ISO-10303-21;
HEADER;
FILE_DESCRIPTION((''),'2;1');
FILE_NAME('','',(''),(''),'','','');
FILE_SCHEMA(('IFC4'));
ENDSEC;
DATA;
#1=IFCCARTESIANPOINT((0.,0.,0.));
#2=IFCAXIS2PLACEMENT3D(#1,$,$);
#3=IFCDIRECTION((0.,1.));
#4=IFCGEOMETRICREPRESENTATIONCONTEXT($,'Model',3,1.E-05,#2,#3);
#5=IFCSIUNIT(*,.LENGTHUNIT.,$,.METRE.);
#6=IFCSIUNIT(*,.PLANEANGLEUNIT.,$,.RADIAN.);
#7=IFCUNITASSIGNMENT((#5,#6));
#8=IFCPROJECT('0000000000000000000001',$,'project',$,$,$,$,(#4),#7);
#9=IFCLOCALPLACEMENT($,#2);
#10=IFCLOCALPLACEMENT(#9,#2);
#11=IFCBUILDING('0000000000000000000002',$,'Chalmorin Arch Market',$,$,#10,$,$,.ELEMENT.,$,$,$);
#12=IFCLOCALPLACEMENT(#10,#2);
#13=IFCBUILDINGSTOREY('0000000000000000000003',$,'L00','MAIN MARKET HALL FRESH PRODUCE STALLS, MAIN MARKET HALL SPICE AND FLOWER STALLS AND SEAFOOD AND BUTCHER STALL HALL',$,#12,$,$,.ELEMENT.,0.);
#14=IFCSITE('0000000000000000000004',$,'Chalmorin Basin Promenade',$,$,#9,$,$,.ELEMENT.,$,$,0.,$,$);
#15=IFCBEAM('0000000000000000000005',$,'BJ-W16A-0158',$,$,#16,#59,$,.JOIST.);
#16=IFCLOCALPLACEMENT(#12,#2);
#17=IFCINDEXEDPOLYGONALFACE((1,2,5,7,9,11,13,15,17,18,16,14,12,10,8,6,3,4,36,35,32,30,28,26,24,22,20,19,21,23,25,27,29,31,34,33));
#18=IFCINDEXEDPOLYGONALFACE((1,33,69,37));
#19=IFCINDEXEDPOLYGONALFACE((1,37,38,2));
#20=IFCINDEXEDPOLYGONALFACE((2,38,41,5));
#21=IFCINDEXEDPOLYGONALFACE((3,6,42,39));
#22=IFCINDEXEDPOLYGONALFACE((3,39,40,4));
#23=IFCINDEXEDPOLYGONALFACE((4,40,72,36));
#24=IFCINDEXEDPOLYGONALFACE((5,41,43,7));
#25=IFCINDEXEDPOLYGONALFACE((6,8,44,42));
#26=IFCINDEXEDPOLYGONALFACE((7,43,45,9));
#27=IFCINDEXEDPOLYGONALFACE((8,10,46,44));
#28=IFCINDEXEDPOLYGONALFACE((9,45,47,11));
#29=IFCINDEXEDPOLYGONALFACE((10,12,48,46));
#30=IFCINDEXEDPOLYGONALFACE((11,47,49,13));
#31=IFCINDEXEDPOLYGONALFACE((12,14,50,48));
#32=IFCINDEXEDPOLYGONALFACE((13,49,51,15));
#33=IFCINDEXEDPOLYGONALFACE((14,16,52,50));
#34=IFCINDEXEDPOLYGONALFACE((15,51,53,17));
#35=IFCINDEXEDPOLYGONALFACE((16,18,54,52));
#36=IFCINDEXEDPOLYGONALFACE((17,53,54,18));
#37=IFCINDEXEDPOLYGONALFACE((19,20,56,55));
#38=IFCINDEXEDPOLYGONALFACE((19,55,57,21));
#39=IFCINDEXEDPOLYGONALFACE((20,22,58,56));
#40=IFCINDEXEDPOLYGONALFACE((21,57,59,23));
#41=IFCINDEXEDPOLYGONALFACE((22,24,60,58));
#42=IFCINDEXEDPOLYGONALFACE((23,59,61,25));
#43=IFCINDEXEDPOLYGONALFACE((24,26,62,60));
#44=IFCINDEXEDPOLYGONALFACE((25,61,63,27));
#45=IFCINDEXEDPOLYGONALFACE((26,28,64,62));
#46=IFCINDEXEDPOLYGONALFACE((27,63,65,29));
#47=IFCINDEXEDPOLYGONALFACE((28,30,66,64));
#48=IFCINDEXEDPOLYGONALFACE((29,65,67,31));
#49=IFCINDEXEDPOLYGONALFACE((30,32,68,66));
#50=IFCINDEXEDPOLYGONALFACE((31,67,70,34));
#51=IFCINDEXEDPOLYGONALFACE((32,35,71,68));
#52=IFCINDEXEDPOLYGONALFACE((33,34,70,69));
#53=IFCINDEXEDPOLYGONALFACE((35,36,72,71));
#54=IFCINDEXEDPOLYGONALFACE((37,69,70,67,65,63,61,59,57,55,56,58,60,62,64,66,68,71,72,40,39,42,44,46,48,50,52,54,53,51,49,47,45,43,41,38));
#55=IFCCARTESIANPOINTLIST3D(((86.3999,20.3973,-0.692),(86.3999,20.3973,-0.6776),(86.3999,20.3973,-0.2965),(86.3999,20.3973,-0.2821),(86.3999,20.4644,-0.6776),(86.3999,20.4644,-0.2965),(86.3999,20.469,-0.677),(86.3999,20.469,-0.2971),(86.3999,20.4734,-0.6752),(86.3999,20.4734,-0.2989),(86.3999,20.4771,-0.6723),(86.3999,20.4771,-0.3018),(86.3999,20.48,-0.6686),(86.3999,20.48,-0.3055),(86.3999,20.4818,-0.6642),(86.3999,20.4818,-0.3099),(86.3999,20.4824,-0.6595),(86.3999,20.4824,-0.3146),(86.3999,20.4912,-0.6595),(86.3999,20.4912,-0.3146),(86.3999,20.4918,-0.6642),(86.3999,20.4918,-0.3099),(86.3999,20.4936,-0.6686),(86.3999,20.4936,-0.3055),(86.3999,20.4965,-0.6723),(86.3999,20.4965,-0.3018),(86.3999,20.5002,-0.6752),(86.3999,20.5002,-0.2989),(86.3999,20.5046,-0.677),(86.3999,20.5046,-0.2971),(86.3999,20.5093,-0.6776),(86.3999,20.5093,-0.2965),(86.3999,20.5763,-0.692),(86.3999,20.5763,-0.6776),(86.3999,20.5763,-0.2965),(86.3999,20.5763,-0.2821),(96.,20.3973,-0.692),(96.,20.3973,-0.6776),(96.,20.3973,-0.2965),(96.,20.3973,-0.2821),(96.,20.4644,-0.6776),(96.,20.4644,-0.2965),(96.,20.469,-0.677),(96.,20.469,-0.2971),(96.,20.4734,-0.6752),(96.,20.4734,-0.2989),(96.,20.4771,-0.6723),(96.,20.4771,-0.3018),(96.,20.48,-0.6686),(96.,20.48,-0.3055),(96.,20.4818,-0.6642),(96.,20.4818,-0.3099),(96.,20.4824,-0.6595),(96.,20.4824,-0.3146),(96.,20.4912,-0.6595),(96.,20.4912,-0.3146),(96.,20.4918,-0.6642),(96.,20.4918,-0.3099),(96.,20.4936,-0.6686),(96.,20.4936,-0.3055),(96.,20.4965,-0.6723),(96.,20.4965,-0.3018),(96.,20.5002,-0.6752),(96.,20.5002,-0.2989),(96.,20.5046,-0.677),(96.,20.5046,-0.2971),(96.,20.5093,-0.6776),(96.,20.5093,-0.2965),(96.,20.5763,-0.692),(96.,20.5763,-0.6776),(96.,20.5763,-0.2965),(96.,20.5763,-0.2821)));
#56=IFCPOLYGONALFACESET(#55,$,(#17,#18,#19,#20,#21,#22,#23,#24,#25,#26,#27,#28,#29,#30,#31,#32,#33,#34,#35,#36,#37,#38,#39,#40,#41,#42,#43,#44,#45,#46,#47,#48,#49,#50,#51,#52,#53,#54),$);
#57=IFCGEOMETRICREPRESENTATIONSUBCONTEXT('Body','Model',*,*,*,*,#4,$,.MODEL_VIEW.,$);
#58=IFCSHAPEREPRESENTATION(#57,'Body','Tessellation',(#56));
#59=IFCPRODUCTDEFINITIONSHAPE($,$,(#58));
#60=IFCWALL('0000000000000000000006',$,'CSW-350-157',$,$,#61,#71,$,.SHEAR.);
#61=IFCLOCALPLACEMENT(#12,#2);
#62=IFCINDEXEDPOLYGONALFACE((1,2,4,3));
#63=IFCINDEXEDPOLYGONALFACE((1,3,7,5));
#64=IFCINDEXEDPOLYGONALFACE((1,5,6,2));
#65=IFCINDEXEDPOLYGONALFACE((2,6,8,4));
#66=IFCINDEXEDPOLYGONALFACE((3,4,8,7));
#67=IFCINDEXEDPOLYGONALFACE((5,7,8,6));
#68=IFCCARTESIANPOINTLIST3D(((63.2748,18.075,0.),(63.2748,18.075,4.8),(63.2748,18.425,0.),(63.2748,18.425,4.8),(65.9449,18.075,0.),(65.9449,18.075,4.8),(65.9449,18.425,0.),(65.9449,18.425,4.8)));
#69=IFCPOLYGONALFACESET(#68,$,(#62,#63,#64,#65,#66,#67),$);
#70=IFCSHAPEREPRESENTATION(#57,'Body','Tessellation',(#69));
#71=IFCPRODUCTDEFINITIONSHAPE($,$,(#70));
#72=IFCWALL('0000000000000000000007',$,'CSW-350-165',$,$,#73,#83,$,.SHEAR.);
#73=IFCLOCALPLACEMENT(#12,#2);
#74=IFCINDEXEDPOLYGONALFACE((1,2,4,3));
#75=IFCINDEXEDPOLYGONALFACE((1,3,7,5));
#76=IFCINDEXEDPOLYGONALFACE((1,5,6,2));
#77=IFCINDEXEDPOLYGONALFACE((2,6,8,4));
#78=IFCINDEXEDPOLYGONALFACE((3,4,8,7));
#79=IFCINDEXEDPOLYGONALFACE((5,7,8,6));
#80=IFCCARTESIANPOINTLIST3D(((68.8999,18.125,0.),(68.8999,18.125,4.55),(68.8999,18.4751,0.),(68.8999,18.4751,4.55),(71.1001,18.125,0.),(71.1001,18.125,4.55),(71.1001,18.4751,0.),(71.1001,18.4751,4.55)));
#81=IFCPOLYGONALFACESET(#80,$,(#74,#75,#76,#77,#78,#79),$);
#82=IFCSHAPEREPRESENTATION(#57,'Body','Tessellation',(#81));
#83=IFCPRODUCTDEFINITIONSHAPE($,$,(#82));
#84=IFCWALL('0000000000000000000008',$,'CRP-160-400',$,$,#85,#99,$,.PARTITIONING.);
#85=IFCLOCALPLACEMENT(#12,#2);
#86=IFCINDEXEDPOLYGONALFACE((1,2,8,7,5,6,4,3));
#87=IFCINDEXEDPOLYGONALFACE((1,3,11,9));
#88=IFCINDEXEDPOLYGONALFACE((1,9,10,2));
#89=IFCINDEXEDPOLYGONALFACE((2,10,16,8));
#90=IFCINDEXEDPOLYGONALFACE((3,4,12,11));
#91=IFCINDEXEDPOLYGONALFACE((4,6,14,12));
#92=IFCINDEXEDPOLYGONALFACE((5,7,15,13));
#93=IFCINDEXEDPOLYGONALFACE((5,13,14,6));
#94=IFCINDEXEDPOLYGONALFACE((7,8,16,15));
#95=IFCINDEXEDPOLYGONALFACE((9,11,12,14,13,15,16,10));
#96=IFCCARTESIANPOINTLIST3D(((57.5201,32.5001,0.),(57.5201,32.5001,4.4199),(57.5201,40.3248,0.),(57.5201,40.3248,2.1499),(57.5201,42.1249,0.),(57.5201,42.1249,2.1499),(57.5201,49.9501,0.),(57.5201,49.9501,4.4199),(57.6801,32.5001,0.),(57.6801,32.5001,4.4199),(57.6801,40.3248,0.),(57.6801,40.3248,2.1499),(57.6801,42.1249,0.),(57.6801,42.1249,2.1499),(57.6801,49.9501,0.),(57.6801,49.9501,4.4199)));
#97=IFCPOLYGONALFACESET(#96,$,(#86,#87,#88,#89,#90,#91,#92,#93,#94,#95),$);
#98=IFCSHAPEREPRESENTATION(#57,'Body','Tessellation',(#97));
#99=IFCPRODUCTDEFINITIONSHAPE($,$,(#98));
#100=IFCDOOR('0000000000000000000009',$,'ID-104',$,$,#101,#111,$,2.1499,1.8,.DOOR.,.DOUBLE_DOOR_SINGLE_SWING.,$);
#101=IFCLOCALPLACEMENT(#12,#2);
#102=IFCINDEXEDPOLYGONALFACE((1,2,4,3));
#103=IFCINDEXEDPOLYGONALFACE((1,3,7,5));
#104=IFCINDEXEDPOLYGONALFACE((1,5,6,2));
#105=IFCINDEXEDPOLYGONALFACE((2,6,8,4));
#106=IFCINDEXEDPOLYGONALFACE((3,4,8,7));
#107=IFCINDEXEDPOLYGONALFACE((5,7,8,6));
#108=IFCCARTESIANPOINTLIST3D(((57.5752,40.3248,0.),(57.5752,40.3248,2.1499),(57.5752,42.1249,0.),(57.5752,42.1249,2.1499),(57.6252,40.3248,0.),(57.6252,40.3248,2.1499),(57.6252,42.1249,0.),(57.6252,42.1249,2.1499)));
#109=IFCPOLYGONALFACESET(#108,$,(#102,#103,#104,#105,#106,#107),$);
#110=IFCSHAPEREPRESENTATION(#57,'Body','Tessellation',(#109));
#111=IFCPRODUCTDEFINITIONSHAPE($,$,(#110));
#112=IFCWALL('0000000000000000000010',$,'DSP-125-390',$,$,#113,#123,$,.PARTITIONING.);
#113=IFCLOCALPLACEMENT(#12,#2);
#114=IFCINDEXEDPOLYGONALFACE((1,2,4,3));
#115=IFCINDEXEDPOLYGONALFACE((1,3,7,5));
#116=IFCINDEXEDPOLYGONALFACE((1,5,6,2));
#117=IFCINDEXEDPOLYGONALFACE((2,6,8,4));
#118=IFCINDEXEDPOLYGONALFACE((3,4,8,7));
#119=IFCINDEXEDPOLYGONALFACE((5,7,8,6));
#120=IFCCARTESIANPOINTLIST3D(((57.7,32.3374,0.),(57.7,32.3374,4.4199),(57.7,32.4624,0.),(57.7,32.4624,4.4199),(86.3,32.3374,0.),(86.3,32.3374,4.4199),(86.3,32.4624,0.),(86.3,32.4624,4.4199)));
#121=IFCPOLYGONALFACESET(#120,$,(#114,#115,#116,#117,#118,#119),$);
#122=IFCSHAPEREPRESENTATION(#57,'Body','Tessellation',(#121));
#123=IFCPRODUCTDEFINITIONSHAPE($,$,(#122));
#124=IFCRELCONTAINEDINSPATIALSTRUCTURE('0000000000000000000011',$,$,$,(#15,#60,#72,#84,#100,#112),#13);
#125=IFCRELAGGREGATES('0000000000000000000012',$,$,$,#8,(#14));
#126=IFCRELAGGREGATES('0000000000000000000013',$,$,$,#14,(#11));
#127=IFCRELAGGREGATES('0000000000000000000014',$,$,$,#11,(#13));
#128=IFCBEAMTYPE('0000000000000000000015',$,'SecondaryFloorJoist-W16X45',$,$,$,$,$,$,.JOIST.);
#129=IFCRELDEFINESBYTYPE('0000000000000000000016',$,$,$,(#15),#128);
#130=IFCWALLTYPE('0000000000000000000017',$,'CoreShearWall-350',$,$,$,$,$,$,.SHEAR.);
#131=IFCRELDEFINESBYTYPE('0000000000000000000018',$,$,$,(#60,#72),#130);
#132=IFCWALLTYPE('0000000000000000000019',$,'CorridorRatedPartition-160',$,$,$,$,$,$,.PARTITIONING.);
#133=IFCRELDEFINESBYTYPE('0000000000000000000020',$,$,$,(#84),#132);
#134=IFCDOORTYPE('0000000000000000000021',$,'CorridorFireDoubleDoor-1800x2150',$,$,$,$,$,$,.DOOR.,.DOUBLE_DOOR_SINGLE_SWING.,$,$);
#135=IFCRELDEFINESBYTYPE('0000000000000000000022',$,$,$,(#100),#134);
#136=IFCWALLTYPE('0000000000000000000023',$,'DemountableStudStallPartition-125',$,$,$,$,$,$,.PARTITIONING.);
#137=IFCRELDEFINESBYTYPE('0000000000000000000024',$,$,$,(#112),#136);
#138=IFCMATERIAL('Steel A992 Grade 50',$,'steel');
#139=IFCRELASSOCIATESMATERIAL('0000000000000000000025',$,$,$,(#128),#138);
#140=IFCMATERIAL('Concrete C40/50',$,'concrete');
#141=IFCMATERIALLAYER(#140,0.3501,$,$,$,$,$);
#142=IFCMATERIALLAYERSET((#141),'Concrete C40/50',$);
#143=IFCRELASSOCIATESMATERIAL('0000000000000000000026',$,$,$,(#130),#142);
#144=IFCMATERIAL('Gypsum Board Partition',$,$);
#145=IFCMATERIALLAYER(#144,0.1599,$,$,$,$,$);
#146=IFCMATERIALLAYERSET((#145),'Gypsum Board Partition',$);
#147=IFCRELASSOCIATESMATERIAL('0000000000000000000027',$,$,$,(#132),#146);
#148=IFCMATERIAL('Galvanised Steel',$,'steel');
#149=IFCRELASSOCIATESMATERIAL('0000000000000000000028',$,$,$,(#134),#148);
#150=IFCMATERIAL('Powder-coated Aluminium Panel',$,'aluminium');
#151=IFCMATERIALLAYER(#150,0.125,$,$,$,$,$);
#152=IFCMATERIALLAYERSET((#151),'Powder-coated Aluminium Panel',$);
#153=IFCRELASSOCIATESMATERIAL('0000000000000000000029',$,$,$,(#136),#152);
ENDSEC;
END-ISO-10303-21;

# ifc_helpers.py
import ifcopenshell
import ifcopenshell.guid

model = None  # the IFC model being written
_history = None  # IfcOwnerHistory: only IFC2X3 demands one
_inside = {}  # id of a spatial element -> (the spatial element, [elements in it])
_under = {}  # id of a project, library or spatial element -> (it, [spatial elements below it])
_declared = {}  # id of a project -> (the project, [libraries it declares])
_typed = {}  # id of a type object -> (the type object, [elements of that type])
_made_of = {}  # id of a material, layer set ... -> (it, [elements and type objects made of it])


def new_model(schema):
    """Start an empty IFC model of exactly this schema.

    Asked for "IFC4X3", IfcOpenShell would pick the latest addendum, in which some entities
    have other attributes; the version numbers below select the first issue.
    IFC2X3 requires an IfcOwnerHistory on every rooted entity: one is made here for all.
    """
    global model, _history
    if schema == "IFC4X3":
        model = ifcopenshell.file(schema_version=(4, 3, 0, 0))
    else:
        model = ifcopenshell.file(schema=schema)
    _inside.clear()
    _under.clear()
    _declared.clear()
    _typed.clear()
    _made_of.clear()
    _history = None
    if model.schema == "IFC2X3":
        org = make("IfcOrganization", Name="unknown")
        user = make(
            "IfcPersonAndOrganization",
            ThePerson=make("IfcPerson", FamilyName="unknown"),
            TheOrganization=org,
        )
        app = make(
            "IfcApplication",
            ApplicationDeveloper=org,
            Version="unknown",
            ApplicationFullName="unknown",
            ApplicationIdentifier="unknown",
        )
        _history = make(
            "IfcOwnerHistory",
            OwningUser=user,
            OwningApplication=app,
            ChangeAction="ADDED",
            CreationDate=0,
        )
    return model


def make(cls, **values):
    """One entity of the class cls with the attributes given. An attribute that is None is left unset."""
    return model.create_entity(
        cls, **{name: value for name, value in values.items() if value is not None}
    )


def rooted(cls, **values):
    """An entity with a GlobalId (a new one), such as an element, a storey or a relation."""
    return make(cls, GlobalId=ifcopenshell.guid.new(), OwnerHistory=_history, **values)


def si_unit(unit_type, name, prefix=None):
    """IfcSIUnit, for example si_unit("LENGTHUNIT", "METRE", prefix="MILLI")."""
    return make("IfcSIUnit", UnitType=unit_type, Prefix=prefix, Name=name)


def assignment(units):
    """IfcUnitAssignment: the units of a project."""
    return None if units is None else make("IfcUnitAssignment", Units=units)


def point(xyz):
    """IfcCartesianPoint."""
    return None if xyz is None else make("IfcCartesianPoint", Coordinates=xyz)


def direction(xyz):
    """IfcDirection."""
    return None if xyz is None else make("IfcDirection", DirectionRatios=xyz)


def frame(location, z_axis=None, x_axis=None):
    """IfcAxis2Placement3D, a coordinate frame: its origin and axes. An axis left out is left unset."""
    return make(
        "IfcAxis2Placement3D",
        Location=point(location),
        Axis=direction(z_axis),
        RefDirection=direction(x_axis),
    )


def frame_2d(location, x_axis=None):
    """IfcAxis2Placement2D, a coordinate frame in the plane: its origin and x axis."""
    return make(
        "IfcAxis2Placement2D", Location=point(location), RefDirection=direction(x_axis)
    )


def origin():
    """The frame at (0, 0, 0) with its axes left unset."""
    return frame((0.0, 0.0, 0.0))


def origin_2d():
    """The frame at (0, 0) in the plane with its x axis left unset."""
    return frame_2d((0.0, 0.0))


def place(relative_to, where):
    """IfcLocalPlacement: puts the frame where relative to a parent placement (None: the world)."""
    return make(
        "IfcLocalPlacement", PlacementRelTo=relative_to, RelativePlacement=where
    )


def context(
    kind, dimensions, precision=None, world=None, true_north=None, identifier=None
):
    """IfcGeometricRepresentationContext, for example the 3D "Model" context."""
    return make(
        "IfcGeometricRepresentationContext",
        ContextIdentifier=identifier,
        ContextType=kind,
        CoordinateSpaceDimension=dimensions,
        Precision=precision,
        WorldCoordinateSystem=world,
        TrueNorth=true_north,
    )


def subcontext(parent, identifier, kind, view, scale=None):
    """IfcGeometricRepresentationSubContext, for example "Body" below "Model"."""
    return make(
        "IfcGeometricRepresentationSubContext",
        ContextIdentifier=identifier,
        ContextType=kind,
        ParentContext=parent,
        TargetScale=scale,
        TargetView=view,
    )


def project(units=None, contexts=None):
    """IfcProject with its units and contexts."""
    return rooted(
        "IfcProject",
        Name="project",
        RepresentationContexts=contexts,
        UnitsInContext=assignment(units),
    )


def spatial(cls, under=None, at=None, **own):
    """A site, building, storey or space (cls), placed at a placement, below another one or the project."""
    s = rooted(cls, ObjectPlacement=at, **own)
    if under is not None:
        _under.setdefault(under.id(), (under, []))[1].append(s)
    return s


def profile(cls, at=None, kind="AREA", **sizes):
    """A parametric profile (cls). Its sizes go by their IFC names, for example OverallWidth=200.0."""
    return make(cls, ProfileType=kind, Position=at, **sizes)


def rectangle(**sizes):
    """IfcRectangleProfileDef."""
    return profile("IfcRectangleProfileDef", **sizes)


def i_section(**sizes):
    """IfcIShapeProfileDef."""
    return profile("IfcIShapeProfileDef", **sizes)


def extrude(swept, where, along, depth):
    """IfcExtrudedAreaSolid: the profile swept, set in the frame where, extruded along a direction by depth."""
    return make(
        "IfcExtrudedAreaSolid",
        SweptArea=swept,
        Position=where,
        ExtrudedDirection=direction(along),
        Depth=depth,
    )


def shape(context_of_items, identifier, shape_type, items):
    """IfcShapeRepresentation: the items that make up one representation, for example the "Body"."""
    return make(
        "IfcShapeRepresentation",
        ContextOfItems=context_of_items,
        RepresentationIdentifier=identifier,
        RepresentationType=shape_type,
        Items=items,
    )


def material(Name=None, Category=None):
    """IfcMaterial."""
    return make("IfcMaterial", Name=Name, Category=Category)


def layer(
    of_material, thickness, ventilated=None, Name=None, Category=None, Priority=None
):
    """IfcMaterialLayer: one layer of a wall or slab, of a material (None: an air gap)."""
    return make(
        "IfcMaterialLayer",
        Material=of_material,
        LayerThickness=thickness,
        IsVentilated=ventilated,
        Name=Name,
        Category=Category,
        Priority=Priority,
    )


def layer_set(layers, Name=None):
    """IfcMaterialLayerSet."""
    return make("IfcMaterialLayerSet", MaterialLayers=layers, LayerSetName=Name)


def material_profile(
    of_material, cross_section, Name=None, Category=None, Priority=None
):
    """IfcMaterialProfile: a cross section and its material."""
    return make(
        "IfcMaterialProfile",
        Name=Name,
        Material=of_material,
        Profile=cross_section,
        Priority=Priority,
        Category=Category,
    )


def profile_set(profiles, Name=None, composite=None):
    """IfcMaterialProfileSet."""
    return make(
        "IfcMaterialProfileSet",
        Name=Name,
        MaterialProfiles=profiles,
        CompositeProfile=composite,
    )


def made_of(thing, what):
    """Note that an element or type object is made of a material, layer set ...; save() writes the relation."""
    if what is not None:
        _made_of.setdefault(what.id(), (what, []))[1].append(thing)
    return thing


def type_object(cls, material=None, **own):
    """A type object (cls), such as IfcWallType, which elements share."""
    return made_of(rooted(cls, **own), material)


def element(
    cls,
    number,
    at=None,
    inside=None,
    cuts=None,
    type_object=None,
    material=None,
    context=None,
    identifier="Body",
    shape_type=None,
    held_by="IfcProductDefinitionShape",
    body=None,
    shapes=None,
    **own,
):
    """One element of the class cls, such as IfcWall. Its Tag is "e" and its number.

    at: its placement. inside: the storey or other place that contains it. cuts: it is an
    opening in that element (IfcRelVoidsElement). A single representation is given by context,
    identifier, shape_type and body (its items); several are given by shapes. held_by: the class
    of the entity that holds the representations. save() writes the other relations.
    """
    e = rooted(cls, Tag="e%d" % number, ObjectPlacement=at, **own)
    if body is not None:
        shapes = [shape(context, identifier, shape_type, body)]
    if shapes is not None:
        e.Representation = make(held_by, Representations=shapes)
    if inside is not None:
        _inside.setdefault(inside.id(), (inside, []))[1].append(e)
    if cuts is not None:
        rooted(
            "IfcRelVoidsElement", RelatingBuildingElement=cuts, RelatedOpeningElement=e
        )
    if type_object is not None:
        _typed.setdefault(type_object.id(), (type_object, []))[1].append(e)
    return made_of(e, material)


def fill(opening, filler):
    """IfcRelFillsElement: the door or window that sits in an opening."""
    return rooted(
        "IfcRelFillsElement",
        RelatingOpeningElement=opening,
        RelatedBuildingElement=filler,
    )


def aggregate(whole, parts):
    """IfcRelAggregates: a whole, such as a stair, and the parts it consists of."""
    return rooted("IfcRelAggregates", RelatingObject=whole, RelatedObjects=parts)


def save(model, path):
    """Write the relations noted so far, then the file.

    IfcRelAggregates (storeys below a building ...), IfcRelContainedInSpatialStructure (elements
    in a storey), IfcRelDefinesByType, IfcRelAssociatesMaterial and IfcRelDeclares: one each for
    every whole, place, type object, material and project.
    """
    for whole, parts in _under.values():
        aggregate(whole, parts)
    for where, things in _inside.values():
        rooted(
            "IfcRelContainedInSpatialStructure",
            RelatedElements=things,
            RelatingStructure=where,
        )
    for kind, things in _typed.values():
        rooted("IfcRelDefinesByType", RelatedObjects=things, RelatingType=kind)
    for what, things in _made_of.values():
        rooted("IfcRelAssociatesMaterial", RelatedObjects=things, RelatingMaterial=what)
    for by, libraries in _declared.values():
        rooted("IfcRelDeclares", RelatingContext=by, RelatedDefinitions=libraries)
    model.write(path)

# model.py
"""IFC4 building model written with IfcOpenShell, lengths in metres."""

from ifc_helpers import new_model, si_unit, direction, frame, frame_2d, origin, origin_2d, place, context, subcontext, project, spatial, rectangle, i_section, extrude, material, layer, layer_set, material_profile, profile_set, type_object, element, fill, save


model = new_model("IFC4")

# Units and contexts
model_context = context("Model", 3, precision=1e-05, world=origin(), true_north=direction((0.0, 1.0)))
body_context = subcontext(model_context, "Body", "Model", "MODEL_VIEW")
ifc_project = project(units=[si_unit("LENGTHUNIT", "METRE"), si_unit("PLANEANGLEUNIT", "RADIAN")], contexts=[model_context])

# Site, building, storey
site_placement = place(None, origin())
site = spatial("IfcSite", under=ifc_project, at=site_placement, Name="Chalmorin Basin Promenade", CompositionType="ELEMENT", RefElevation=0.0)
building_placement = place(site_placement, origin())
building = spatial("IfcBuilding", under=site, at=building_placement, Name="Chalmorin Arch Market", CompositionType="ELEMENT")
storey_placement = place(building_placement, origin())
storey = spatial("IfcBuildingStorey", under=building, at=storey_placement, Name="L00", Description="MAIN MARKET HALL FRESH PRODUCE STALLS, MAIN MARKET HALL SPICE AND FLOWER STALLS AND SEAFOOD AND BUTCHER STALL HALL", CompositionType="ELEMENT", Elevation=0.0)

# Beam
ifc_material_1 = material(Name="Concrete C40/50", Category="concrete")
ifc_material_2 = material(Name="Steel A992 Grade 50", Category="steel")
ifc_material_profile_1 = material_profile(ifc_material_2, i_section(OverallWidth=0.179, OverallDepth=0.4099, WebThickness=0.0088, FlangeThickness=0.0144, FilletRadius=0.0181, at=origin_2d()), Name="W16X45")
ifc_profile_set_1 = profile_set([ifc_material_profile_1], Name="Steel A992 Grade 50")
beam_type_1 = type_object("IfcBeamType", Name="SecondaryFloorJoist-W16X45", PredefinedType="JOIST", material=ifc_profile_set_1)
beam_1_placement = place(storey_placement, frame((86.3999, 20.4868, -0.4871), z_axis=(1.0, 0.0, 0.0), x_axis=(0.0, 1.0, 0.0)))
element("IfcBeam", 1, at=beam_1_placement, inside=storey, type_object=beam_type_1, Name="BJ-W16A-0158", PredefinedType="JOIST", context=body_context, shape_type="SweptSolid", body=[
    extrude(i_section(OverallWidth=0.179, OverallDepth=0.4099, WebThickness=0.0088, FlangeThickness=0.0144, FilletRadius=0.0181, at=origin_2d()), origin(), (0.0, 0.0, 1.0), 9.6001),
])

# Walls
ifc_layer_1 = layer(ifc_material_1, 0.3501)
ifc_layer_set_1 = layer_set([ifc_layer_1], Name="Concrete C40/50")
wall_type_1 = type_object("IfcWallType", Name="CoreShearWall-350", PredefinedType="SHEAR", material=ifc_layer_set_1)
wall_1_placement = place(storey_placement, frame((63.2749, 18.25, 0.0), z_axis=(0.0, 0.0, 1.0), x_axis=(1.0, 0.0, 0.0)))
element("IfcWall", 2, at=wall_1_placement, inside=storey, type_object=wall_type_1, Name="CSW-350-157", PredefinedType="SHEAR", context=body_context, shape_type="SweptSolid", body=[
    extrude(rectangle(XDim=2.6702, YDim=0.3501, at=frame_2d((1.335, 0.0))), origin(), (0.0, 0.0, 1.0), 4.8),
])
wall_2_placement = place(storey_placement, frame((68.8999, 18.3, 0.0), z_axis=(0.0, 0.0, 1.0), x_axis=(1.0, 0.0, 0.0)))
element("IfcWall", 3, at=wall_2_placement, inside=storey, type_object=wall_type_1, Name="CSW-350-165", PredefinedType="SHEAR", context=body_context, shape_type="SweptSolid", body=[
    extrude(rectangle(XDim=2.2002, YDim=0.3501, at=frame_2d((1.1001, 0.0))), origin(), (0.0, 0.0, 1.0), 4.55),
])

# Wall, opening, door
ifc_material_3 = material(Name="Gypsum Board Partition")
ifc_layer_2 = layer(ifc_material_3, 0.1599)
ifc_layer_set_2 = layer_set([ifc_layer_2], Name="Gypsum Board Partition")
wall_type_2 = type_object("IfcWallType", Name="CorridorRatedPartition-160", PredefinedType="PARTITIONING", material=ifc_layer_set_2)
wall_3_placement = place(storey_placement, frame((57.6001, 32.5, 0.0), z_axis=(0.0, 0.0, 1.0), x_axis=(0.0, 1.0, 0.0)))
wall_3 = element("IfcWall", 4, at=wall_3_placement, inside=storey, type_object=wall_type_2, Name="CRP-160-400", PredefinedType="PARTITIONING", context=body_context, shape_type="SweptSolid", body=[
    extrude(rectangle(XDim=17.45, YDim=0.1599, at=frame_2d((8.7251, 0.0))), origin(), (0.0, 0.0, 1.0), 4.4199),
])
opening_placement = place(wall_3_placement, frame((7.825, 0.0, 0.0)))
opening = element("IfcOpeningElement", 5, at=opening_placement, cuts=wall_3, PredefinedType="OPENING", context=body_context, shape_type="SweptSolid", body=[
    extrude(rectangle(XDim=1.8, YDim=2.1499, at=frame_2d((0.8999, 1.075))), frame((0.0, 0.0898, 0.0), z_axis=(0.0, -1.0, 0.0), x_axis=(1.0, 0.0, 0.0)), (0.0, 0.0, 1.0), 0.1799),
])
ifc_material_4 = material(Name="Galvanised Steel", Category="steel")
door_type = type_object("IfcDoorType", Name="CorridorFireDoubleDoor-1800x2150", OperationType="DOUBLE_DOOR_SINGLE_SWING", PredefinedType="DOOR", material=ifc_material_4)
door_placement = place(opening_placement, origin())
door = element("IfcDoor", 6, at=door_placement, inside=storey, type_object=door_type, Name="ID-104", OperationType="DOUBLE_DOOR_SINGLE_SWING", OverallHeight=2.1499, OverallWidth=1.8, PredefinedType="DOOR", context=body_context, shape_type="SweptSolid", body=[
    extrude(rectangle(XDim=1.8, YDim=2.1499, at=frame_2d((0.8999, 1.075))), frame((0.0, 0.0249, 0.0), z_axis=(0.0, -1.0, 0.0), x_axis=(1.0, 0.0, 0.0)), (0.0, 0.0, 1.0), 0.05),
])
fill(opening, door)

# Wall
ifc_material_5 = material(Name="Powder-coated Aluminium Panel", Category="aluminium")
ifc_layer_3 = layer(ifc_material_5, 0.125)
ifc_layer_set_3 = layer_set([ifc_layer_3], Name="Powder-coated Aluminium Panel")
wall_type_3 = type_object("IfcWallType", Name="DemountableStudStallPartition-125", PredefinedType="PARTITIONING", material=ifc_layer_set_3)
wall_4_placement = place(storey_placement, frame((57.7, 32.3999, 0.0), z_axis=(0.0, 0.0, 1.0), x_axis=(1.0, 0.0, 0.0)))
element("IfcWall", 7, at=wall_4_placement, inside=storey, type_object=wall_type_3, Name="DSP-125-390", PredefinedType="PARTITIONING", context=body_context, shape_type="SweptSolid", body=[
    extrude(rectangle(XDim=28.6001, YDim=0.125, at=frame_2d((14.3, 0.0))), origin(), (0.0, 0.0, 1.0), 4.4199),
])

save(model, "model.ifc")
